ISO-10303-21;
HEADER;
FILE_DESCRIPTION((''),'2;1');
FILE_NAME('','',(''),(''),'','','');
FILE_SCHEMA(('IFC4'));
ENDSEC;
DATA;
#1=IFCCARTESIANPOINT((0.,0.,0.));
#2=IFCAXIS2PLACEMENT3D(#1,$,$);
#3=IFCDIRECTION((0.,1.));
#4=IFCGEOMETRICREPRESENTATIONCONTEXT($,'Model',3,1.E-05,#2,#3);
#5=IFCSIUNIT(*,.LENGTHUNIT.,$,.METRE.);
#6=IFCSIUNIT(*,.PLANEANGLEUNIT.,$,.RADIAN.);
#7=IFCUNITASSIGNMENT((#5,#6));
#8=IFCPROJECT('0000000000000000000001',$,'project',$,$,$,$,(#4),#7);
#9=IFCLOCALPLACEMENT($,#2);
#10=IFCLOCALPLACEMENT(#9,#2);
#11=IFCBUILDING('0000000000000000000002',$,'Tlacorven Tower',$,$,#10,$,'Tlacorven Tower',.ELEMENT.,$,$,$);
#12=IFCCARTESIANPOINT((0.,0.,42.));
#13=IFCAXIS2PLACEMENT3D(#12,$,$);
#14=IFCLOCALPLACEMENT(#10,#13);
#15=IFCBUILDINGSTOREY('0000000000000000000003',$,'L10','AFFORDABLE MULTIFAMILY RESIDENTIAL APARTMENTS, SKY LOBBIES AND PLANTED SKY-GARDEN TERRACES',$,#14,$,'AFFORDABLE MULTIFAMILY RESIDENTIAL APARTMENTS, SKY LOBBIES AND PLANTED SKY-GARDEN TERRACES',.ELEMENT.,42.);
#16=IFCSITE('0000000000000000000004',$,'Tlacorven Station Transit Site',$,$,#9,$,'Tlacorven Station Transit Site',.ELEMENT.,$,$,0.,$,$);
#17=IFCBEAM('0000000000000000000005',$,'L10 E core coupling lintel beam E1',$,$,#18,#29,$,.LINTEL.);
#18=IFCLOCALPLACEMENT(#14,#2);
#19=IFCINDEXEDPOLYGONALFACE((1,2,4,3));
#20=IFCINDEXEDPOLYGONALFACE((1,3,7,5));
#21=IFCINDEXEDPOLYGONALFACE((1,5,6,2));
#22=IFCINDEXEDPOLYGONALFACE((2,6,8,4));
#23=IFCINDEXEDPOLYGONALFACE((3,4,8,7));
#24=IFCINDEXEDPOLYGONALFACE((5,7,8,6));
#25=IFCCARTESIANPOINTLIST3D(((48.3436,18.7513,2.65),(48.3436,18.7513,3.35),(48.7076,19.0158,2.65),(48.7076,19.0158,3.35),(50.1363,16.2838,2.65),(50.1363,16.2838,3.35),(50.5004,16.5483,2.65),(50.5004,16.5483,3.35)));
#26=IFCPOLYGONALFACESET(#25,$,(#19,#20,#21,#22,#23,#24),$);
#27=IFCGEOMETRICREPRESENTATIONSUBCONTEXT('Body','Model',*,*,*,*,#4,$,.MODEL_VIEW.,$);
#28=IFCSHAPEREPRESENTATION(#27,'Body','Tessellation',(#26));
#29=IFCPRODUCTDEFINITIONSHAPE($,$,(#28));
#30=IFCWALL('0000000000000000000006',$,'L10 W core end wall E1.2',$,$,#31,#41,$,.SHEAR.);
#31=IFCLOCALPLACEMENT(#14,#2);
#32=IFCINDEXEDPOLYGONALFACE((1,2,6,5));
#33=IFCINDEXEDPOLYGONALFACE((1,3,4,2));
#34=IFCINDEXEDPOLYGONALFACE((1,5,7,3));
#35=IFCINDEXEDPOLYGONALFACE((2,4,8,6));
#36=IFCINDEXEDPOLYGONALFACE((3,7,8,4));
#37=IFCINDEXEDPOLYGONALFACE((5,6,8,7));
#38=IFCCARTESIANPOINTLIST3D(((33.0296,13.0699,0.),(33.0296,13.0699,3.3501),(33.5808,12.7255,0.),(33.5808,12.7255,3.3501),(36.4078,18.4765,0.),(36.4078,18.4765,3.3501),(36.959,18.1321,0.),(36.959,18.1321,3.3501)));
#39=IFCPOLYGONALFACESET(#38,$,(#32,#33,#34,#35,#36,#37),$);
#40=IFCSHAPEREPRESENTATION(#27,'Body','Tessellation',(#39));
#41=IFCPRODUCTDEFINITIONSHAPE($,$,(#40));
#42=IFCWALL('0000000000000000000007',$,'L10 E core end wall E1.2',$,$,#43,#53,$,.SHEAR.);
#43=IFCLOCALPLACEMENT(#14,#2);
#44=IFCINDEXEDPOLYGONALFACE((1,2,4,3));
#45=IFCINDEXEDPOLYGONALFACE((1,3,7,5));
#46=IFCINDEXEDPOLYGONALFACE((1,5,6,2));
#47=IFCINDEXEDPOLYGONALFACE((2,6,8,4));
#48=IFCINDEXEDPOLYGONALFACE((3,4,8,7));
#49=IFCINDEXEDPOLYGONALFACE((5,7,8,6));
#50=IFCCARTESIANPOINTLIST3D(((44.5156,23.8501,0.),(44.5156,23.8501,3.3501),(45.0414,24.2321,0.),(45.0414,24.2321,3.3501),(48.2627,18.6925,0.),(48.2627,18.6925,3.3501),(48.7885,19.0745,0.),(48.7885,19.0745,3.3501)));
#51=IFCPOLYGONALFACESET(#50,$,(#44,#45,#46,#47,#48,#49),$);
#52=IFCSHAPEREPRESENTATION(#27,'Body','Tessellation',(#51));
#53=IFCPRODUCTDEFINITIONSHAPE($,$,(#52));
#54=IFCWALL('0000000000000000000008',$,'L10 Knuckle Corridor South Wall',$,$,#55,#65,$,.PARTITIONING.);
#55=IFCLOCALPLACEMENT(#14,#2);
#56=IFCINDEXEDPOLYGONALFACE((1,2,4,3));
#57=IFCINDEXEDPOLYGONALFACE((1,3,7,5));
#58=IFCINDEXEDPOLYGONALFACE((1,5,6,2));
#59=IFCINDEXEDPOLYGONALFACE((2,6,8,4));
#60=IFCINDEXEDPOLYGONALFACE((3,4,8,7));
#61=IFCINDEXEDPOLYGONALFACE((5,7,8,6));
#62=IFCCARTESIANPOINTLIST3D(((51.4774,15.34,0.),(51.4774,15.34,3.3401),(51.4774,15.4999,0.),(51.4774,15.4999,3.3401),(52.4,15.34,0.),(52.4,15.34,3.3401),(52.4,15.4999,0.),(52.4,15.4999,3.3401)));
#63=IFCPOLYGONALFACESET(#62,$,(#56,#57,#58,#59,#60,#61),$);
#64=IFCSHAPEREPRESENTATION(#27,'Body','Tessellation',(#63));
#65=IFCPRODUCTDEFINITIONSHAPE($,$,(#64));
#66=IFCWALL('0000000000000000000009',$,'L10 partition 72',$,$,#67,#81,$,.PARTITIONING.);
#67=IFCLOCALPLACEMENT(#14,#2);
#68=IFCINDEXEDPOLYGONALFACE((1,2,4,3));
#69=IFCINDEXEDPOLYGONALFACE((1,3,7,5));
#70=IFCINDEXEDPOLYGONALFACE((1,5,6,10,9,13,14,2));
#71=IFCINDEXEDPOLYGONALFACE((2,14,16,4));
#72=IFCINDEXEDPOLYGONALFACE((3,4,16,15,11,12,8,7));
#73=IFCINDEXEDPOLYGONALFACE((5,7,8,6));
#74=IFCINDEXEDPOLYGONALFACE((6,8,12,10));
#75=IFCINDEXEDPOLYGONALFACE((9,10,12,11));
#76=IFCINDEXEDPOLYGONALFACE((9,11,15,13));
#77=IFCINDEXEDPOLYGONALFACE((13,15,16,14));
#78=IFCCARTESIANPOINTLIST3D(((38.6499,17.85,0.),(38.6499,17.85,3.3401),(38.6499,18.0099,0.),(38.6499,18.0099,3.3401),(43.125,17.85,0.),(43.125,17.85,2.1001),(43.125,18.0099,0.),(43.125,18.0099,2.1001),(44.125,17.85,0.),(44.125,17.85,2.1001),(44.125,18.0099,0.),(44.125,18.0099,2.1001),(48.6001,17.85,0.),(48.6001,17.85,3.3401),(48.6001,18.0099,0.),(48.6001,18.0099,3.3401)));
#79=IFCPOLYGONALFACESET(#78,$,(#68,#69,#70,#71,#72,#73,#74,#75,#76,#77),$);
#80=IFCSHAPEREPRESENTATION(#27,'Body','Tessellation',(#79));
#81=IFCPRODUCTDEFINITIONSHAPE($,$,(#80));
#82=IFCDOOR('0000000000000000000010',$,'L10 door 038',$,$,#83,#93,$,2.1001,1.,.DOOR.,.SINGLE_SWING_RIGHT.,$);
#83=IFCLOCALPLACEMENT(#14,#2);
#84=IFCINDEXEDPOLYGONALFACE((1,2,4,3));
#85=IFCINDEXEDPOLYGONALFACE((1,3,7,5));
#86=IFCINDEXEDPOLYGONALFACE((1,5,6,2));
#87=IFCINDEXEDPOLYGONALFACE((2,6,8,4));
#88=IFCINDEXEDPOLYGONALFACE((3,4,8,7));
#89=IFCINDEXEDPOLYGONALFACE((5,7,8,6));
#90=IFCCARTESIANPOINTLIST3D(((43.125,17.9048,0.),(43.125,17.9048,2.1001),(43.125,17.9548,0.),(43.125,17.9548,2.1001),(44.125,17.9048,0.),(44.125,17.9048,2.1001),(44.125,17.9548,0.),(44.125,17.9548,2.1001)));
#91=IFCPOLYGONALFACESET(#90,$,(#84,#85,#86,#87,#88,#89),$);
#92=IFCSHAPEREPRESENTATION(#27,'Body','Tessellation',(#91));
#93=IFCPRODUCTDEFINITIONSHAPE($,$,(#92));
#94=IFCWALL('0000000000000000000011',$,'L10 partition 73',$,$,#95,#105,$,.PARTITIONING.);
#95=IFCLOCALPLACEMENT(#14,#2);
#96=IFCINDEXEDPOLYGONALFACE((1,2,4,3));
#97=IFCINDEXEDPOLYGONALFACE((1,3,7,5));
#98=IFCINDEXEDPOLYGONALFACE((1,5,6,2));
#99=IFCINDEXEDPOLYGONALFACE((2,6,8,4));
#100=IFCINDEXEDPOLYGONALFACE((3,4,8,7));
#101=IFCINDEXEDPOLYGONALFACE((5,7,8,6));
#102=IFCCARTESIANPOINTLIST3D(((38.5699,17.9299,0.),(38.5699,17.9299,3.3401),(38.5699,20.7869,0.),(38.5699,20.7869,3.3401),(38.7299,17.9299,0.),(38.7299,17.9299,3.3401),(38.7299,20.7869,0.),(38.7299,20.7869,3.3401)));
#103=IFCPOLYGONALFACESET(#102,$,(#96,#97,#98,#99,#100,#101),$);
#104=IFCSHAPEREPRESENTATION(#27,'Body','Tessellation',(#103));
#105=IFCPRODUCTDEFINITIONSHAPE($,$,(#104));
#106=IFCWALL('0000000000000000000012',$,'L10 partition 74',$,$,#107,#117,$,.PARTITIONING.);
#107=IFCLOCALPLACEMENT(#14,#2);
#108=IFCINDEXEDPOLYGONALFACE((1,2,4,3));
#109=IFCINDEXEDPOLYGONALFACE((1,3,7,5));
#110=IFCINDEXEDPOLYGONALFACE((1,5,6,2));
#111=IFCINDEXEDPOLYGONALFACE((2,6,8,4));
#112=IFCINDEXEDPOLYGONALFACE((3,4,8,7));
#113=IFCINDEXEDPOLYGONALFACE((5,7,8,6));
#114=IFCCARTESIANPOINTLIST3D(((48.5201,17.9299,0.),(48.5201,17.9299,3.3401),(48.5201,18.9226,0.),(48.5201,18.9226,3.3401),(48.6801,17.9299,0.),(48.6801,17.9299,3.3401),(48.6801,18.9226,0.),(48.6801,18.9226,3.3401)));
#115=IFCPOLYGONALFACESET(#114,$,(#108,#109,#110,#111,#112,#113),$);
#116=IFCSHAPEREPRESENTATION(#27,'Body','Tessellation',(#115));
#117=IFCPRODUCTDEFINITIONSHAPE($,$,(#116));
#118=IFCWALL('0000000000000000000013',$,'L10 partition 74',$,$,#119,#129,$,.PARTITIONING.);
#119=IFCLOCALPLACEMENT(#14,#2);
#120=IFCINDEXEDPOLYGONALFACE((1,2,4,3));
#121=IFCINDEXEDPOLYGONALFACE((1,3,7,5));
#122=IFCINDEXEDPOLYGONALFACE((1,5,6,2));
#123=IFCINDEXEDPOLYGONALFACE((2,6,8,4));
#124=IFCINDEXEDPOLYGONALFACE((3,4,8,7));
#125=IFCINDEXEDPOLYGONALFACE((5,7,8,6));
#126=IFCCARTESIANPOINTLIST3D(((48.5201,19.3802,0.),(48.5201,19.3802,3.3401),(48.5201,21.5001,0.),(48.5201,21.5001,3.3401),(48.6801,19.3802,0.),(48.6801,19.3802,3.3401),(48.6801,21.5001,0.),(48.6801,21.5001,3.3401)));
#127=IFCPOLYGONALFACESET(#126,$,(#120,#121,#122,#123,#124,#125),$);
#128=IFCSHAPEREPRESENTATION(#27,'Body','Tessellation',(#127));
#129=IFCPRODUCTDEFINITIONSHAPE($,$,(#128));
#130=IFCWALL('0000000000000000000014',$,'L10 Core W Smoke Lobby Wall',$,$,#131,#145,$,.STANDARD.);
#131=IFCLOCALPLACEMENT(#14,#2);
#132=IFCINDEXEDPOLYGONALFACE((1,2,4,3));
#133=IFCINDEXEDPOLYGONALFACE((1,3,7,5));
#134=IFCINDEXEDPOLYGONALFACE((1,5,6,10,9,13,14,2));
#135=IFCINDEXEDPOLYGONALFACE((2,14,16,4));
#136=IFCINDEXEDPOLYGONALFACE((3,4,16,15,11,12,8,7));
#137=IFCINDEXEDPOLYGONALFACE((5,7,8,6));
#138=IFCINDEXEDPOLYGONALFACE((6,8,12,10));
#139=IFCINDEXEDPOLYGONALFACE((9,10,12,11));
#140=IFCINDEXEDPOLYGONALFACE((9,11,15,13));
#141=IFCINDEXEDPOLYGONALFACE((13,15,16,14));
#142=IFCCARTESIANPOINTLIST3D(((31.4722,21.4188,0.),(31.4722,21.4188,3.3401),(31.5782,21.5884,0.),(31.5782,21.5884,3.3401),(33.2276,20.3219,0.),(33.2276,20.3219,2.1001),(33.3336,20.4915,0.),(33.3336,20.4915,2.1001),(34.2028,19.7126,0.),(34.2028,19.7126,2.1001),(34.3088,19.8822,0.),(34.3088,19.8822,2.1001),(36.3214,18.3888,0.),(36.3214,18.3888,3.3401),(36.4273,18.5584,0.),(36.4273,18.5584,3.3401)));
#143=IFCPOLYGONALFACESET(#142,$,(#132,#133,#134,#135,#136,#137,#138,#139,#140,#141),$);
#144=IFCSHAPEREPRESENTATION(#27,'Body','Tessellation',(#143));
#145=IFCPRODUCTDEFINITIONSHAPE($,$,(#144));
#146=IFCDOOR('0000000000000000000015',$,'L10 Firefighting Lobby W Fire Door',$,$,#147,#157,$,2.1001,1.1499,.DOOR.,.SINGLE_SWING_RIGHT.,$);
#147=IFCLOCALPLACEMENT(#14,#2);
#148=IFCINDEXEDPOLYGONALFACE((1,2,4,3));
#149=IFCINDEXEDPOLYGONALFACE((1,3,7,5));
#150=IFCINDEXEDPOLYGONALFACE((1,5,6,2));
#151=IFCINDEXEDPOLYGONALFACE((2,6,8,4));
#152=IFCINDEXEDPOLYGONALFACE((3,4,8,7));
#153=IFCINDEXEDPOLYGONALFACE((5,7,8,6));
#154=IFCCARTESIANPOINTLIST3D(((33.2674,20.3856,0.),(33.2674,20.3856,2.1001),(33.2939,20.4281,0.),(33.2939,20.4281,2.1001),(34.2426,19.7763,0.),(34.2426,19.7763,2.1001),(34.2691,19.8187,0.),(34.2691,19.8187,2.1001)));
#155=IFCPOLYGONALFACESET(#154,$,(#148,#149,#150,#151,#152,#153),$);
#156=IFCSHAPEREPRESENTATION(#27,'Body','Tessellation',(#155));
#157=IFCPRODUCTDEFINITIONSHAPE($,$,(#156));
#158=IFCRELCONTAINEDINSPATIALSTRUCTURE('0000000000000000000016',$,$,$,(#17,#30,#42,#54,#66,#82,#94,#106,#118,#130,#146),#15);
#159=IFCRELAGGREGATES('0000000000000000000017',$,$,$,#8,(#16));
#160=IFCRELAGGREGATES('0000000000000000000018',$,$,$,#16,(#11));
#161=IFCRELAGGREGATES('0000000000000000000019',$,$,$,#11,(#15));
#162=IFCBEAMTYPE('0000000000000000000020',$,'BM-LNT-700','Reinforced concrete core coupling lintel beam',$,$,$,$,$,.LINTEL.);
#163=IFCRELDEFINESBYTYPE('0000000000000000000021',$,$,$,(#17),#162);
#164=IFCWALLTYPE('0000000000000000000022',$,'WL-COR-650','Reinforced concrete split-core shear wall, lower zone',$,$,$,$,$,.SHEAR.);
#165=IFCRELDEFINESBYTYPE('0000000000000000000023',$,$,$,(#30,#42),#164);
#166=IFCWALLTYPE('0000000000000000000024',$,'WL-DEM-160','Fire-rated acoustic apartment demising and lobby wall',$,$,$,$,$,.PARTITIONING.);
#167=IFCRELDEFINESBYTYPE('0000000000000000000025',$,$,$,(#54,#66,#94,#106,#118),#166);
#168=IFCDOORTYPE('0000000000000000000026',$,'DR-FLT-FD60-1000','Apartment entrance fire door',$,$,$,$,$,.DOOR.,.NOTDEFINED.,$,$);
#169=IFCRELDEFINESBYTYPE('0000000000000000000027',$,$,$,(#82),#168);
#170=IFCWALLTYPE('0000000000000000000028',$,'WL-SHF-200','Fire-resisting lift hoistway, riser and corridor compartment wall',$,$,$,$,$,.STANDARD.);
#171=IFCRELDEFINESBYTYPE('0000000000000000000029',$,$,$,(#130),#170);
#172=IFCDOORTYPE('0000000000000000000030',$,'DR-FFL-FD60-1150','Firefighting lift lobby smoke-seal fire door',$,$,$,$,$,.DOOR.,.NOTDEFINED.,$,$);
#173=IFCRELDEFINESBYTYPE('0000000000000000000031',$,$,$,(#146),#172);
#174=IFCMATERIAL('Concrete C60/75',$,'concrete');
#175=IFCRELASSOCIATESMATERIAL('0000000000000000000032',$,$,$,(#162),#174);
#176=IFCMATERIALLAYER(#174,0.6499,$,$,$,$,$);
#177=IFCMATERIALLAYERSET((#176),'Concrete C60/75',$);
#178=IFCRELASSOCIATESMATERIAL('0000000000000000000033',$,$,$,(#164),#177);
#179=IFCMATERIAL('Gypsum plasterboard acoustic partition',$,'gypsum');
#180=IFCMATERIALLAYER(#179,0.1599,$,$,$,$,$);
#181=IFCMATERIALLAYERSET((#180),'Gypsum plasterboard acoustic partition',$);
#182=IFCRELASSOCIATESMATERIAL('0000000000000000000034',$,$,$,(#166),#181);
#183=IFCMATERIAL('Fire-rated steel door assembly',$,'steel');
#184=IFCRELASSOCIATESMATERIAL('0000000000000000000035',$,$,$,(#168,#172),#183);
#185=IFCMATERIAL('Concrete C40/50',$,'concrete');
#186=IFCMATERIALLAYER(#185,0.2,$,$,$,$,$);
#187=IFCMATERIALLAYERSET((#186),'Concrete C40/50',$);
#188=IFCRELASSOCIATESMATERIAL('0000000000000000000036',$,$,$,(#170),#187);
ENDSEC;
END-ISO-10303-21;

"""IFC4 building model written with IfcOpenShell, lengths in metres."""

from ifc_helpers import new_model, si_unit, direction, frame, frame_2d, origin, origin_2d, place, context, subcontext, project, spatial, rectangle, extrude, source, transform, mapped, material, layer, layer_set, material_profile, profile_set, type_object, element, fill, save


model = new_model("IFC4")

# Units and contexts
model_context = context("Model", 3, precision=1e-05, world=origin(), true_north=direction((0.0, 1.0)))
body_context = subcontext(model_context, "Body", "Model", "MODEL_VIEW")
ifc_project = project(units=[si_unit("LENGTHUNIT", "METRE"), si_unit("PLANEANGLEUNIT", "RADIAN")], contexts=[model_context])

# Site, building, storey
site_placement = place(None, origin())
site = spatial("IfcSite", under=ifc_project, at=site_placement, Name="Tlacorven Station Transit Site", LongName="Tlacorven Station Transit Site", CompositionType="ELEMENT", RefElevation=0.0)
building_placement = place(site_placement, origin())
building = spatial("IfcBuilding", under=site, at=building_placement, Name="Tlacorven Tower", LongName="Tlacorven Tower", CompositionType="ELEMENT")
storey_placement = place(building_placement, frame((0.0, 0.0, 42.0)))
storey = spatial("IfcBuildingStorey", under=building, at=storey_placement, Name="L10", Description="AFFORDABLE MULTIFAMILY RESIDENTIAL APARTMENTS, SKY LOBBIES AND PLANTED SKY-GARDEN TERRACES", LongName="AFFORDABLE MULTIFAMILY RESIDENTIAL APARTMENTS, SKY LOBBIES AND PLANTED SKY-GARDEN TERRACES", CompositionType="ELEMENT", Elevation=42.0)

# Beam
ifc_material_1 = material(Name="Concrete C60/75", Category="concrete")
ifc_material_profile = material_profile(ifc_material_1, rectangle(XDim=0.45, YDim=0.7, at=origin_2d()), Name="RC 450X700")
ifc_profile_set = profile_set([ifc_material_profile], Name="Concrete C60/75")
beam_type = type_object("IfcBeamType", Name="BM-LNT-700", Description="Reinforced concrete core coupling lintel beam", PredefinedType="LINTEL", material=ifc_profile_set)
shared_shape_1 = source(origin(), body_context, "Body", "SweptSolid", [
    extrude(rectangle(XDim=0.45, YDim=0.7, at=origin_2d()), origin(), (0.0, 0.0, 1.0), 3.05),
])
beam_placement = place(storey_placement, frame((50.3184, 16.416, 3.0), z_axis=(-0.587777, 0.809023, 0.0), x_axis=(-0.809023, -0.587777, 0.0)))
element("IfcBeam", 1, at=beam_placement, inside=storey, type_object=beam_type, Name="L10 E core coupling lintel beam E1", PredefinedType="LINTEL", context=body_context, shape_type="MappedRepresentation", body=[
    mapped(shared_shape_1, transform((0.0, 0.0, 0.0), scale=1.0)),
])

# Walls
ifc_layer_1 = layer(ifc_material_1, 0.6499)
ifc_layer_set_1 = layer_set([ifc_layer_1], Name="Concrete C60/75")
wall_type_1 = type_object("IfcWallType", Name="WL-COR-650", Description="Reinforced concrete split-core shear wall, lower zone", PredefinedType="SHEAR", material=ifc_layer_set_1)
wall_1_placement = place(storey_placement, frame((36.6833, 18.3042, 0.0), z_axis=(0.0, 0.0, 1.0), x_axis=(-0.529899, -0.848061, 0.0)))
element("IfcWall", 2, at=wall_1_placement, inside=storey, type_object=wall_type_1, Name="L10 W core end wall E1.2", PredefinedType="SHEAR", context=body_context, shape_type="SweptSolid", body=[
    extrude(rectangle(XDim=6.3752, YDim=0.6499, at=frame_2d((3.1875, 0.0))), origin(), (0.0, 0.0, 1.0), 3.3501),
])
wall_2_placement = place(storey_placement, frame((48.5256, 18.8835, 0.0), z_axis=(0.0, 0.0, 1.0), x_axis=(-0.58778, 0.809021, 0.0)))
element("IfcWall", 3, at=wall_2_placement, inside=storey, type_object=wall_type_1, Name="L10 E core end wall E1.2", PredefinedType="SHEAR", context=body_context, shape_type="SweptSolid", body=[
    extrude(rectangle(XDim=6.375, YDim=0.6499, at=frame_2d((3.1875, 0.0))), origin(), (0.0, 0.0, 1.0), 3.3501),
])
ifc_material_2 = material(Name="Gypsum plasterboard acoustic partition", Category="gypsum")
ifc_layer_2 = layer(ifc_material_2, 0.1599)
ifc_layer_set_2 = layer_set([ifc_layer_2], Name="Gypsum plasterboard acoustic partition")
wall_type_2 = type_object("IfcWallType", Name="WL-DEM-160", Description="Fire-rated acoustic apartment demising and lobby wall", PredefinedType="PARTITIONING", material=ifc_layer_set_2)
wall_3_placement = place(storey_placement, frame((51.4773, 15.4199, 0.0), z_axis=(0.0, 0.0, 1.0), x_axis=(1.0, 0.0, 0.0)))
element("IfcWall", 4, at=wall_3_placement, inside=storey, type_object=wall_type_2, Name="L10 Knuckle Corridor South Wall", PredefinedType="PARTITIONING", context=body_context, shape_type="SweptSolid", body=[
    extrude(rectangle(XDim=0.9226, YDim=0.1599, at=frame_2d((0.4614, 0.0))), origin(), (0.0, 0.0, 1.0), 3.3401),
])

# Wall, opening, door
wall_4_placement = place(storey_placement, frame((38.6499, 17.9299, 0.0), z_axis=(0.0, 0.0, 1.0), x_axis=(1.0, 0.0, 0.0)))
wall_4 = element("IfcWall", 5, at=wall_4_placement, inside=storey, type_object=wall_type_2, Name="L10 partition 72", PredefinedType="PARTITIONING", context=body_context, shape_type="SweptSolid", body=[
    extrude(rectangle(XDim=9.9502, YDim=0.1599, at=frame_2d((4.9751, 0.0))), origin(), (0.0, 0.0, 1.0), 3.3401),
])
opening_1_placement = place(wall_4_placement, frame((4.4751, 0.0, 0.0)))
opening_1 = element("IfcOpeningElement", 6, at=opening_1_placement, cuts=wall_4, PredefinedType="OPENING", context=body_context, shape_type="SweptSolid", body=[
    extrude(rectangle(XDim=1.0, YDim=2.1001, at=frame_2d((0.5, 1.05))), frame((0.0, 0.0898, 0.0), z_axis=(0.0, -1.0, 0.0), x_axis=(1.0, 0.0, 0.0)), (0.0, 0.0, 1.0), 0.1799),
])
ifc_material_3 = material(Name="Fire-rated steel door assembly", Category="steel")
door_type_1 = type_object("IfcDoorType", Name="DR-FLT-FD60-1000", Description="Apartment entrance fire door", OperationType="NOTDEFINED", PredefinedType="DOOR", material=ifc_material_3)
shared_shape_2 = source(origin(), body_context, "Body", "SweptSolid", [
    extrude(rectangle(XDim=1.0, YDim=2.1001, at=frame_2d((0.5, 1.05))), frame((0.0, 0.0249, 0.0), z_axis=(0.0, -1.0, 0.0), x_axis=(1.0, 0.0, 0.0)), (0.0, 0.0, 1.0), 0.05),
])
door_1_placement = place(opening_1_placement, origin())
door_1 = element("IfcDoor", 7, at=door_1_placement, inside=storey, type_object=door_type_1, Name="L10 door 038", OperationType="SINGLE_SWING_RIGHT", OverallHeight=2.1001, OverallWidth=1.0, PredefinedType="DOOR", context=body_context, shape_type="MappedRepresentation", body=[
    mapped(shared_shape_2, transform((0.0, 0.0, 0.0), scale=1.0)),
])
fill(opening_1, door_1)

# Walls
wall_5_placement = place(storey_placement, frame((38.6499, 17.9299, 0.0), z_axis=(0.0, 0.0, 1.0), x_axis=(0.0, 1.0, 0.0)))
element("IfcWall", 8, at=wall_5_placement, inside=storey, type_object=wall_type_2, Name="L10 partition 73", PredefinedType="PARTITIONING", context=body_context, shape_type="SweptSolid", body=[
    extrude(rectangle(XDim=2.8569, YDim=0.1599, at=frame_2d((1.4285, 0.0))), origin(), (0.0, 0.0, 1.0), 3.3401),
])
wall_6_placement = place(storey_placement, frame((48.6001, 17.9299, 0.0), z_axis=(0.0, 0.0, 1.0), x_axis=(0.0, 1.0, 0.0)))
element("IfcWall", 9, at=wall_6_placement, inside=storey, type_object=wall_type_2, Name="L10 partition 74", PredefinedType="PARTITIONING", context=body_context, shape_type="SweptSolid", body=[
    extrude(rectangle(XDim=0.9927, YDim=0.1599, at=frame_2d((0.4963, 0.0))), origin(), (0.0, 0.0, 1.0), 3.3401),
])
wall_7_placement = place(storey_placement, frame((48.6001, 19.3801, 0.0), z_axis=(0.0, 0.0, 1.0), x_axis=(0.0, 1.0, 0.0)))
element("IfcWall", 10, at=wall_7_placement, inside=storey, type_object=wall_type_2, Name="L10 partition 74", PredefinedType="PARTITIONING", context=body_context, shape_type="SweptSolid", body=[
    extrude(rectangle(XDim=2.1199, YDim=0.1599, at=frame_2d((1.0601, 0.0))), origin(), (0.0, 0.0, 1.0), 3.3401),
])

# Wall, opening, door
ifc_material_4 = material(Name="Concrete C40/50", Category="concrete")
ifc_layer_3 = layer(ifc_material_4, 0.2)
ifc_layer_set_3 = layer_set([ifc_layer_3], Name="Concrete C40/50")
wall_type_3 = type_object("IfcWallType", Name="WL-SHF-200", Description="Fire-resisting lift hoistway, riser and corridor compartment wall", PredefinedType="STANDARD", material=ifc_layer_set_3)
wall_8_placement = place(storey_placement, frame((36.3743, 18.4736, 0.0), z_axis=(0.0, 0.0, 1.0), x_axis=(-0.848051, 0.529915, 0.0)))
wall_8 = element("IfcWall", 11, at=wall_8_placement, inside=storey, type_object=wall_type_3, Name="L10 Core W Smoke Lobby Wall", PredefinedType="STANDARD", context=body_context, shape_type="SweptSolid", body=[
    extrude(rectangle(XDim=5.718, YDim=0.2, at=frame_2d((2.8589, 0.0))), origin(), (0.0, 0.0, 1.0), 3.3401),
])
opening_2_placement = place(wall_8_placement, frame((2.498, 0.0, 0.0)))
opening_2 = element("IfcOpeningElement", 12, at=opening_2_placement, cuts=wall_8, PredefinedType="OPENING", context=body_context, shape_type="SweptSolid", body=[
    extrude(rectangle(XDim=1.1499, YDim=2.1001, at=frame_2d((0.575, 1.05))), frame((0.0, 0.1099, 0.0), z_axis=(0.0, -1.0, 0.0), x_axis=(1.0, 0.0, 0.0)), (0.0, 0.0, 1.0), 0.22),
])
door_type_2 = type_object("IfcDoorType", Name="DR-FFL-FD60-1150", Description="Firefighting lift lobby smoke-seal fire door", OperationType="NOTDEFINED", PredefinedType="DOOR", material=ifc_material_3)
shared_shape_3 = source(origin(), body_context, "Body", "SweptSolid", [
    extrude(rectangle(XDim=1.1499, YDim=2.1001, at=frame_2d((0.575, 1.05))), frame((0.0, 0.0249, 0.0), z_axis=(0.0, -1.0, 0.0), x_axis=(1.0, 0.0, 0.0)), (0.0, 0.0, 1.0), 0.05),
])
door_2_placement = place(opening_2_placement, origin())
door_2 = element("IfcDoor", 13, at=door_2_placement, inside=storey, type_object=door_type_2, Name="L10 Firefighting Lobby W Fire Door", OperationType="SINGLE_SWING_RIGHT", OverallHeight=2.1001, OverallWidth=1.1499, PredefinedType="DOOR", context=body_context, shape_type="MappedRepresentation", body=[
    mapped(shared_shape_3, transform((0.0, 0.0, 0.0), scale=1.0)),
])
fill(opening_2, door_2)

save(model, "model.ifc")
